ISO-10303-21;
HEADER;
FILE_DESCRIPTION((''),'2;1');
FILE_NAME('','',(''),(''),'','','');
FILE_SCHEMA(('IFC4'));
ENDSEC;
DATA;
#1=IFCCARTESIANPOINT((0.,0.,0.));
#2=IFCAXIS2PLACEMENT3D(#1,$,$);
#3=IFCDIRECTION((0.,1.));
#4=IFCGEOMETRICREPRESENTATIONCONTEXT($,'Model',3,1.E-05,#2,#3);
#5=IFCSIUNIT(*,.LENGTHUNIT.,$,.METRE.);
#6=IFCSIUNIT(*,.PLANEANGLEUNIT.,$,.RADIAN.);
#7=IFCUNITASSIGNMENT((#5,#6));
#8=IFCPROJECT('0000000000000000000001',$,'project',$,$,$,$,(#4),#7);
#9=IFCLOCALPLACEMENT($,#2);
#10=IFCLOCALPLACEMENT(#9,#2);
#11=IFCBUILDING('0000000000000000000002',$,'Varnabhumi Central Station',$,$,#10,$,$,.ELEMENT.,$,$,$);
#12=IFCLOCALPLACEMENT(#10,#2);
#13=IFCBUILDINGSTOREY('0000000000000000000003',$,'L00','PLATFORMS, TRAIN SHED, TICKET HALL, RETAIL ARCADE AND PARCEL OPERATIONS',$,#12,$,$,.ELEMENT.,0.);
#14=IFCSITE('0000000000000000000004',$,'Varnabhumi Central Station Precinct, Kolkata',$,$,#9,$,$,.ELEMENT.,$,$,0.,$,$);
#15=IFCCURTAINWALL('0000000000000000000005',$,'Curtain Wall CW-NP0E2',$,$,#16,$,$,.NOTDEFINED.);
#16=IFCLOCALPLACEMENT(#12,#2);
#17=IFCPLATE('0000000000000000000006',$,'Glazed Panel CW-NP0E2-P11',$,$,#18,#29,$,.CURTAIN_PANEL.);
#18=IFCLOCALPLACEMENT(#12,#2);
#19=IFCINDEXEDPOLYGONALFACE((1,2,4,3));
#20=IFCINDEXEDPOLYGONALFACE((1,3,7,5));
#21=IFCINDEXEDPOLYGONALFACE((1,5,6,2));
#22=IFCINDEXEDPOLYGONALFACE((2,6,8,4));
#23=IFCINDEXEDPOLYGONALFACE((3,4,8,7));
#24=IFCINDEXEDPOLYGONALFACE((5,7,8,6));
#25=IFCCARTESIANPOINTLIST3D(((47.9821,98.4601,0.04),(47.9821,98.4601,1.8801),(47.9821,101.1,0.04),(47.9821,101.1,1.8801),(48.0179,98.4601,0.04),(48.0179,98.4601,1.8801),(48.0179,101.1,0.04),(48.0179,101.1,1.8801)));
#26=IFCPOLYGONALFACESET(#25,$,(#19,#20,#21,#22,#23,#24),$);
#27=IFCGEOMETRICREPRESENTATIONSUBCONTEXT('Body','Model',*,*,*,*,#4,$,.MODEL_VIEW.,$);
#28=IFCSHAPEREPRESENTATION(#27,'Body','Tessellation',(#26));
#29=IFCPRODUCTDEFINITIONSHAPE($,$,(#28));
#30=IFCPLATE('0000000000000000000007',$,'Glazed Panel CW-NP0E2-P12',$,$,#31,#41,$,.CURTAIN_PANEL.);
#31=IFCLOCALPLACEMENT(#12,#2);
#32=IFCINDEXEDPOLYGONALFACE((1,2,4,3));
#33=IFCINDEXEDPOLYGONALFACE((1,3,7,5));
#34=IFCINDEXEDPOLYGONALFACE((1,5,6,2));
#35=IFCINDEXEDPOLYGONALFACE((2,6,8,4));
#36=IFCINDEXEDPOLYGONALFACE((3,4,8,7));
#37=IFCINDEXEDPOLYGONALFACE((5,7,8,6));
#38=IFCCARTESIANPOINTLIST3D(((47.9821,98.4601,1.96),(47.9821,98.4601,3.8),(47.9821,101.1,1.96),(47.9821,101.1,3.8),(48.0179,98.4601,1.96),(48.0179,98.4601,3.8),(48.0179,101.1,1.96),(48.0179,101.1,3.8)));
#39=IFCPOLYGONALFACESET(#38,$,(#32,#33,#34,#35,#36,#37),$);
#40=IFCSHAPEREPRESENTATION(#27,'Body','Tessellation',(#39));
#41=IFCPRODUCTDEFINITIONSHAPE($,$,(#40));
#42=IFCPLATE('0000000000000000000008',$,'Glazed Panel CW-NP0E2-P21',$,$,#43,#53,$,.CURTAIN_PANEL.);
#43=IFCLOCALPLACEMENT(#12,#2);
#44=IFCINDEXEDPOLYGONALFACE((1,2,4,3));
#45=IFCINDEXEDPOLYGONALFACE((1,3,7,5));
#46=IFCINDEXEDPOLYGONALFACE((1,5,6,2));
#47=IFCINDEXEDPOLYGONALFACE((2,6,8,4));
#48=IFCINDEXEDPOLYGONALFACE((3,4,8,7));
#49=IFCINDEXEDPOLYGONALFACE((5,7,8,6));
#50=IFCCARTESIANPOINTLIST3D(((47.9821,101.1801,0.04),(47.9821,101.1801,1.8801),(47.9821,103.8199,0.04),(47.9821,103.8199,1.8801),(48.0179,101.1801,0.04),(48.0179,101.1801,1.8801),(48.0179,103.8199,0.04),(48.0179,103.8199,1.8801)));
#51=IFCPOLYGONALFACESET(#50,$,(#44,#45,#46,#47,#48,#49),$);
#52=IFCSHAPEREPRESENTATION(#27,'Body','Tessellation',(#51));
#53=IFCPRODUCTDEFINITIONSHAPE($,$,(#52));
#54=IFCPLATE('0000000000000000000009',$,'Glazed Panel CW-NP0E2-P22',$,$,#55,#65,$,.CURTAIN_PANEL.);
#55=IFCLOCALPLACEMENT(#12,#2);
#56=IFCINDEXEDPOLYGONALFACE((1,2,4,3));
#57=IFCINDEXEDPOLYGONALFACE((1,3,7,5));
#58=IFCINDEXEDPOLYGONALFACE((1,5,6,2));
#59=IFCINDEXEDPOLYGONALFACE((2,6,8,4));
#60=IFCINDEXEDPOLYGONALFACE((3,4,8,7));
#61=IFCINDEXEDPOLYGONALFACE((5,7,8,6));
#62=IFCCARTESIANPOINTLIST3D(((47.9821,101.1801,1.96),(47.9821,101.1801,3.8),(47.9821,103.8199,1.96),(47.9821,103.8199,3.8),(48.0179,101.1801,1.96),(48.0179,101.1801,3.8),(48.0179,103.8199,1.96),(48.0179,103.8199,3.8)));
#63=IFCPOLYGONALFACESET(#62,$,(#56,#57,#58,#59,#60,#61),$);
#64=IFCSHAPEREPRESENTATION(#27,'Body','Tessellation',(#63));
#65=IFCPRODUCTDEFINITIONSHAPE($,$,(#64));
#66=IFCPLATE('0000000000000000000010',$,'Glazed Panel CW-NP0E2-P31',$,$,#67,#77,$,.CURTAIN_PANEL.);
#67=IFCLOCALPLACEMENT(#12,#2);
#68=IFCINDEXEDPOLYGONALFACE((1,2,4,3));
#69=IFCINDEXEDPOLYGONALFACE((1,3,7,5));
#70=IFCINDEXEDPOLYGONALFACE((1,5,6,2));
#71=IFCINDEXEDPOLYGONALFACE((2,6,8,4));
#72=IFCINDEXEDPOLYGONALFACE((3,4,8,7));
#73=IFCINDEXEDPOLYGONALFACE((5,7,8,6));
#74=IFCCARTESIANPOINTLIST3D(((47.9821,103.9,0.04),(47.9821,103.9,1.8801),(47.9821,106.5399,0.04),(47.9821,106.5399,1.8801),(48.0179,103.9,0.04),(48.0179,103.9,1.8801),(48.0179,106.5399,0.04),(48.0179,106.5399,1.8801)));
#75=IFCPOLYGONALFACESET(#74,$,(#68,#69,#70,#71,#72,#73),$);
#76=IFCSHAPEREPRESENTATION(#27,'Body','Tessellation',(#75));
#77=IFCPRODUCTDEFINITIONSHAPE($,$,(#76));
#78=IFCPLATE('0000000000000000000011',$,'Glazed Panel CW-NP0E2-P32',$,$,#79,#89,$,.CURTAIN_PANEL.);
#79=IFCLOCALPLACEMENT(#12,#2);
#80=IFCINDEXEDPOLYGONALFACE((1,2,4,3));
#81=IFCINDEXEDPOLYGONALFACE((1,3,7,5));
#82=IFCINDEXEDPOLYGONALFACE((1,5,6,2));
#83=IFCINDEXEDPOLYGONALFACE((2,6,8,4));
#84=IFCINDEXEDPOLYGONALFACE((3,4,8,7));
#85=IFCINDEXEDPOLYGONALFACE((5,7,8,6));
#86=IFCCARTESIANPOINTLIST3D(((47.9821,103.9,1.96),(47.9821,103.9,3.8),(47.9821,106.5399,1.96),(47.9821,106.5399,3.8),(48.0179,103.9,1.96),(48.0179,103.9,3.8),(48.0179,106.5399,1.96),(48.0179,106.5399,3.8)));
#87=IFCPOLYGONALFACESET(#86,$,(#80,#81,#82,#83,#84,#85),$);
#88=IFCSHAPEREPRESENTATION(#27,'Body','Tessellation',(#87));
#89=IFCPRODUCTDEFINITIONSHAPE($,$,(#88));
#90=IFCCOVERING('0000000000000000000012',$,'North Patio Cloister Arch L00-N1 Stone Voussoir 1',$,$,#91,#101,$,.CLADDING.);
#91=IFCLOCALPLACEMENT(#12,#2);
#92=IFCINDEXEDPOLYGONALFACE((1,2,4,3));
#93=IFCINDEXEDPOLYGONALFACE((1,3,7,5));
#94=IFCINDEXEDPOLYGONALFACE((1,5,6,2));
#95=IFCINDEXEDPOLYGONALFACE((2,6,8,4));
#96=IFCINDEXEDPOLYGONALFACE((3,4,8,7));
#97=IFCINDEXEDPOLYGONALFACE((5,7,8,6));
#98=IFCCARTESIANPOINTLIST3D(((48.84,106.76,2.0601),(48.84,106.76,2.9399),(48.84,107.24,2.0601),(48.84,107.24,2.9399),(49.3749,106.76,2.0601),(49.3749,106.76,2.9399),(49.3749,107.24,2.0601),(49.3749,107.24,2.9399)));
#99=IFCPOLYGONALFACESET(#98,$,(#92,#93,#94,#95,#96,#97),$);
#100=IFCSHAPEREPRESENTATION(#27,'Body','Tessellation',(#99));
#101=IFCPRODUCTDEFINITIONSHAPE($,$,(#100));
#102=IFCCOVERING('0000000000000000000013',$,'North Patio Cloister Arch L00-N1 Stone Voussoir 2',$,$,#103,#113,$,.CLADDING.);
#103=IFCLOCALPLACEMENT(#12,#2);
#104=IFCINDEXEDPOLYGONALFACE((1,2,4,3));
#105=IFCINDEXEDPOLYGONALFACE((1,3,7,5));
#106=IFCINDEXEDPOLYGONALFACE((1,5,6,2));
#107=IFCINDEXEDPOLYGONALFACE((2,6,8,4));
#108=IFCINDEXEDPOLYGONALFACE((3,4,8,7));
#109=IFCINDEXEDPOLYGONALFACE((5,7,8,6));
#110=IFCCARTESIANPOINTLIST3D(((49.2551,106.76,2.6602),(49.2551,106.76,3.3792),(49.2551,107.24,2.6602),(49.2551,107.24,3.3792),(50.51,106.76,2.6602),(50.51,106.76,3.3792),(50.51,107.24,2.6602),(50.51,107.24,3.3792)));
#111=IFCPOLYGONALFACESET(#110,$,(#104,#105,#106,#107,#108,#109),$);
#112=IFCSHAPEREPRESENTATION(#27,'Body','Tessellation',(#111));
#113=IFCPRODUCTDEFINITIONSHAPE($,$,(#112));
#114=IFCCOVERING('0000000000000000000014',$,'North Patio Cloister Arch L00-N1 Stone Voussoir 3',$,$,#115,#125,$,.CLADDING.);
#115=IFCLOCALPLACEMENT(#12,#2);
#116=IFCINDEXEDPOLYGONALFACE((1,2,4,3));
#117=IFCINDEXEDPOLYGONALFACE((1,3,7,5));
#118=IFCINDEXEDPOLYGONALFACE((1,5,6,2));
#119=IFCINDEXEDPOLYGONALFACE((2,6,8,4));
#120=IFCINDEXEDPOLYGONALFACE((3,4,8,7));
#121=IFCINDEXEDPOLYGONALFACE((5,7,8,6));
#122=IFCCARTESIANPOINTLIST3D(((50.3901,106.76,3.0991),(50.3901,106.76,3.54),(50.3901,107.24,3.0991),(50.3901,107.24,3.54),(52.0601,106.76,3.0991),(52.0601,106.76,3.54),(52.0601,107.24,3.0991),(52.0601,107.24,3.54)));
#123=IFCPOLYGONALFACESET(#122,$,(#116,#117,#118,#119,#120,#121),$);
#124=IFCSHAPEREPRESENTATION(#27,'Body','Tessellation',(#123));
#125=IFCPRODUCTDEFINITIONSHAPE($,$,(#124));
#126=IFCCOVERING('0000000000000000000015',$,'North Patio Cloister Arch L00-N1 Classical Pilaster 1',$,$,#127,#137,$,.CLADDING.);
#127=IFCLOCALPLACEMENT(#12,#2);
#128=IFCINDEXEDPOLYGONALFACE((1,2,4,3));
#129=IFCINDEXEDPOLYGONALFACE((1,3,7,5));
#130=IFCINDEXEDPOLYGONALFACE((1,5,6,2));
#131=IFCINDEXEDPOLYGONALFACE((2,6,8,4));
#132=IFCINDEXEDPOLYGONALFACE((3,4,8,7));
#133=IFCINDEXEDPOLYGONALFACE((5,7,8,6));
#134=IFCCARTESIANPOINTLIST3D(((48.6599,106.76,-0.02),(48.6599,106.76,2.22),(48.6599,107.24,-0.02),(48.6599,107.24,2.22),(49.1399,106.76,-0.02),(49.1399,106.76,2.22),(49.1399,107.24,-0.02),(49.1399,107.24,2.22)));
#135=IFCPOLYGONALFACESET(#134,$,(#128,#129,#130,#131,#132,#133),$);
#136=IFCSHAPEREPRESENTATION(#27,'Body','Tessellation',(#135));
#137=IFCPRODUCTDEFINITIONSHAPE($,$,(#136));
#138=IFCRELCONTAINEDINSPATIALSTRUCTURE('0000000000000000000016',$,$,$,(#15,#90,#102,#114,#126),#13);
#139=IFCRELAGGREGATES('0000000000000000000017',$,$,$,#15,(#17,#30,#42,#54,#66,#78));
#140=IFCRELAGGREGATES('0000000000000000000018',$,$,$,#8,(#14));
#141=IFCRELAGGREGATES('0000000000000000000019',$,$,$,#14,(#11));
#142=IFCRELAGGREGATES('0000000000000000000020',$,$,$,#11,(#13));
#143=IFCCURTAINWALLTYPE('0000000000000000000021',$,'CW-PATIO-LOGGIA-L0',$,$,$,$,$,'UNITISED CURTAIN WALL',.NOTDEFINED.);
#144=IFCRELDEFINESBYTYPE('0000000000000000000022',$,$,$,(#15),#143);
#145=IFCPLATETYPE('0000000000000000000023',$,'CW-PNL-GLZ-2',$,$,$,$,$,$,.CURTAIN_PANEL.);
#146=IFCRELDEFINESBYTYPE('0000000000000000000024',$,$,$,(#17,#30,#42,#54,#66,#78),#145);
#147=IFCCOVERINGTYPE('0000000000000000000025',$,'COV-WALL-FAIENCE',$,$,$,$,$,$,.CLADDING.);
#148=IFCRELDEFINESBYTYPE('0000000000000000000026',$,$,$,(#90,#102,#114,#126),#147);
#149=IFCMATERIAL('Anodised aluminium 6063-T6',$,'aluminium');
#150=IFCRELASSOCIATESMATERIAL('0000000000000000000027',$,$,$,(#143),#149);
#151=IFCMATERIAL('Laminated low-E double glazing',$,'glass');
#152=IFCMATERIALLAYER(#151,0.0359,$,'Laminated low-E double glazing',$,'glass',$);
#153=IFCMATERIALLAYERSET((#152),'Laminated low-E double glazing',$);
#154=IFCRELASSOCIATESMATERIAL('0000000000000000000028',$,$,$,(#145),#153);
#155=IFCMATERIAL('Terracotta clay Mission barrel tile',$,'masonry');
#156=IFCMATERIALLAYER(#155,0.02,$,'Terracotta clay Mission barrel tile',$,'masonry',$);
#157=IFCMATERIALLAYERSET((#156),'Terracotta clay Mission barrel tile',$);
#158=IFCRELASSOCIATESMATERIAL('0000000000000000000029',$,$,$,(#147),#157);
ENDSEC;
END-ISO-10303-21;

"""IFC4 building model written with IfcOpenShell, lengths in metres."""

from ifc_helpers import new_model, si_unit, direction, frame, origin, origin_2d, place, context, subcontext, project, spatial, rectangle, extrude, material, layer, layer_set, type_object, element, aggregate, save


model = new_model("IFC4")

# Units and contexts
model_context = context("Model", 3, precision=1e-05, world=origin(), true_north=direction((0.0, 1.0)))
body_context = subcontext(model_context, "Body", "Model", "MODEL_VIEW")
ifc_project = project(units=[si_unit("LENGTHUNIT", "METRE"), si_unit("PLANEANGLEUNIT", "RADIAN")], contexts=[model_context])

# Site, building, storey
site_placement = place(None, origin())
site = spatial("IfcSite", under=ifc_project, at=site_placement, Name="Varnabhumi Central Station Precinct, Kolkata", CompositionType="ELEMENT", RefElevation=0.0)
building_placement = place(site_placement, origin())
building = spatial("IfcBuilding", under=site, at=building_placement, Name="Varnabhumi Central Station", CompositionType="ELEMENT")
storey_placement = place(building_placement, origin())
storey = spatial("IfcBuildingStorey", under=building, at=storey_placement, Name="L00", Description="PLATFORMS, TRAIN SHED, TICKET HALL, RETAIL ARCADE AND PARCEL OPERATIONS", CompositionType="ELEMENT", Elevation=0.0)

# Curtain wall
ifc_material_1 = material(Name="Anodised aluminium 6063-T6", Category="aluminium")
curtain_wall_type = type_object("IfcCurtainWallType", Name="CW-PATIO-LOGGIA-L0", ElementType="UNITISED CURTAIN WALL", PredefinedType="NOTDEFINED", material=ifc_material_1)
curtain_wall_1_placement = place(storey_placement, origin())
curtain_wall_1 = element("IfcCurtainWall", 1, at=curtain_wall_1_placement, inside=storey, type_object=curtain_wall_type, Name="Curtain Wall CW-NP0E2", PredefinedType="NOTDEFINED")

# Shared definitions
ifc_material_2 = material(Name="Laminated low-E double glazing", Category="glass")

# Plates
ifc_layer_1 = layer(ifc_material_2, 0.0359, Name="Laminated low-E double glazing", Category="glass")
ifc_layer_set_1 = layer_set([ifc_layer_1], Name="Laminated low-E double glazing")
plate_type_1 = type_object("IfcPlateType", Name="CW-PNL-GLZ-2", PredefinedType="CURTAIN_PANEL", material=ifc_layer_set_1)
plate_1_placement = place(storey_placement, frame((48.0, 99.78, 0.04), z_axis=(0.0, 0.0, 1.0), x_axis=(0.0, 1.0, 0.0)))
plate_1 = element("IfcPlate", 2, at=plate_1_placement, type_object=plate_type_1, Name="Glazed Panel CW-NP0E2-P11", PredefinedType="CURTAIN_PANEL", context=body_context, shape_type="SweptSolid", body=[
    extrude(rectangle(XDim=2.6399, YDim=0.0359, at=origin_2d()), origin(), (0.0, 0.0, 1.0), 1.8401),
])
plate_2_placement = place(storey_placement, frame((48.0, 99.78, 1.96), z_axis=(0.0, 0.0, 1.0), x_axis=(0.0, 1.0, 0.0)))
plate_2 = element("IfcPlate", 3, at=plate_2_placement, type_object=plate_type_1, Name="Glazed Panel CW-NP0E2-P12", PredefinedType="CURTAIN_PANEL", context=body_context, shape_type="SweptSolid", body=[
    extrude(rectangle(XDim=2.6399, YDim=0.0359, at=origin_2d()), origin(), (0.0, 0.0, 1.0), 1.8401),
])
plate_3_placement = place(storey_placement, frame((48.0, 102.5, 0.04), z_axis=(0.0, 0.0, 1.0), x_axis=(0.0, 1.0, 0.0)))
plate_3 = element("IfcPlate", 4, at=plate_3_placement, type_object=plate_type_1, Name="Glazed Panel CW-NP0E2-P21", PredefinedType="CURTAIN_PANEL", context=body_context, shape_type="SweptSolid", body=[
    extrude(rectangle(XDim=2.6399, YDim=0.0359, at=origin_2d()), origin(), (0.0, 0.0, 1.0), 1.8401),
])
plate_4_placement = place(storey_placement, frame((48.0, 102.5, 1.96), z_axis=(0.0, 0.0, 1.0), x_axis=(0.0, 1.0, 0.0)))
plate_4 = element("IfcPlate", 5, at=plate_4_placement, type_object=plate_type_1, Name="Glazed Panel CW-NP0E2-P22", PredefinedType="CURTAIN_PANEL", context=body_context, shape_type="SweptSolid", body=[
    extrude(rectangle(XDim=2.6399, YDim=0.0359, at=origin_2d()), origin(), (0.0, 0.0, 1.0), 1.8401),
])
plate_5_placement = place(storey_placement, frame((48.0, 105.22, 0.04), z_axis=(0.0, 0.0, 1.0), x_axis=(0.0, 1.0, 0.0)))
plate_5 = element("IfcPlate", 6, at=plate_5_placement, type_object=plate_type_1, Name="Glazed Panel CW-NP0E2-P31", PredefinedType="CURTAIN_PANEL", context=body_context, shape_type="SweptSolid", body=[
    extrude(rectangle(XDim=2.6399, YDim=0.0359, at=origin_2d()), origin(), (0.0, 0.0, 1.0), 1.8401),
])
plate_6_placement = place(storey_placement, frame((48.0, 105.22, 1.96), z_axis=(0.0, 0.0, 1.0), x_axis=(0.0, 1.0, 0.0)))
plate_6 = element("IfcPlate", 7, at=plate_6_placement, type_object=plate_type_1, Name="Glazed Panel CW-NP0E2-P32", PredefinedType="CURTAIN_PANEL", context=body_context, shape_type="SweptSolid", body=[
    extrude(rectangle(XDim=2.6399, YDim=0.0359, at=origin_2d()), origin(), (0.0, 0.0, 1.0), 1.8401),
])
aggregate(curtain_wall_1, [plate_1, plate_2, plate_3, plate_4, plate_5, plate_6])

# Coverings
ifc_material_3 = material(Name="Terracotta clay Mission barrel tile", Category="masonry")
ifc_layer_2 = layer(ifc_material_3, 0.02, Name="Terracotta clay Mission barrel tile", Category="masonry")
ifc_layer_set_2 = layer_set([ifc_layer_2], Name="Terracotta clay Mission barrel tile")
covering_type = type_object("IfcCoveringType", Name="COV-WALL-FAIENCE", PredefinedType="CLADDING", material=ifc_layer_set_2)
covering_1_placement = place(storey_placement, frame((49.1074, 107.0, 2.0601), z_axis=(0.0, 0.0, 1.0), x_axis=(1.0, 0.0, 0.0)))
element("IfcCovering", 8, at=covering_1_placement, inside=storey, type_object=covering_type, Name="North Patio Cloister Arch L00-N1 Stone Voussoir 1", PredefinedType="CLADDING", context=body_context, shape_type="SweptSolid", body=[
    extrude(rectangle(XDim=0.5349, YDim=0.48, at=origin_2d()), origin(), (0.0, 0.0, 1.0), 0.8799),
])
covering_2_placement = place(storey_placement, frame((49.8826, 107.0, 2.6602), z_axis=(0.0, 0.0, 1.0), x_axis=(1.0, 0.0, 0.0)))
element("IfcCovering", 9, at=covering_2_placement, inside=storey, type_object=covering_type, Name="North Patio Cloister Arch L00-N1 Stone Voussoir 2", PredefinedType="CLADDING", context=body_context, shape_type="SweptSolid", body=[
    extrude(rectangle(XDim=1.2549, YDim=0.48, at=origin_2d()), origin(), (0.0, 0.0, 1.0), 0.719),
])
covering_3_placement = place(storey_placement, frame((51.2251, 107.0, 3.0991), z_axis=(0.0, 0.0, 1.0), x_axis=(1.0, 0.0, 0.0)))
element("IfcCovering", 10, at=covering_3_placement, inside=storey, type_object=covering_type, Name="North Patio Cloister Arch L00-N1 Stone Voussoir 3", PredefinedType="CLADDING", context=body_context, shape_type="SweptSolid", body=[
    extrude(rectangle(XDim=1.6699, YDim=0.48, at=origin_2d()), origin(), (0.0, 0.0, 1.0), 0.4409),
])
covering_4_placement = place(storey_placement, frame((48.8999, 107.0, -0.02), z_axis=(0.0, 0.0, 1.0), x_axis=(1.0, 0.0, 0.0)))
element("IfcCovering", 11, at=covering_4_placement, inside=storey, type_object=covering_type, Name="North Patio Cloister Arch L00-N1 Classical Pilaster 1", PredefinedType="CLADDING", context=body_context, shape_type="SweptSolid", body=[
    extrude(rectangle(XDim=0.48, YDim=0.48, at=origin_2d()), origin(), (0.0, 0.0, 1.0), 2.24),
])

save(model, "model.ifc")
